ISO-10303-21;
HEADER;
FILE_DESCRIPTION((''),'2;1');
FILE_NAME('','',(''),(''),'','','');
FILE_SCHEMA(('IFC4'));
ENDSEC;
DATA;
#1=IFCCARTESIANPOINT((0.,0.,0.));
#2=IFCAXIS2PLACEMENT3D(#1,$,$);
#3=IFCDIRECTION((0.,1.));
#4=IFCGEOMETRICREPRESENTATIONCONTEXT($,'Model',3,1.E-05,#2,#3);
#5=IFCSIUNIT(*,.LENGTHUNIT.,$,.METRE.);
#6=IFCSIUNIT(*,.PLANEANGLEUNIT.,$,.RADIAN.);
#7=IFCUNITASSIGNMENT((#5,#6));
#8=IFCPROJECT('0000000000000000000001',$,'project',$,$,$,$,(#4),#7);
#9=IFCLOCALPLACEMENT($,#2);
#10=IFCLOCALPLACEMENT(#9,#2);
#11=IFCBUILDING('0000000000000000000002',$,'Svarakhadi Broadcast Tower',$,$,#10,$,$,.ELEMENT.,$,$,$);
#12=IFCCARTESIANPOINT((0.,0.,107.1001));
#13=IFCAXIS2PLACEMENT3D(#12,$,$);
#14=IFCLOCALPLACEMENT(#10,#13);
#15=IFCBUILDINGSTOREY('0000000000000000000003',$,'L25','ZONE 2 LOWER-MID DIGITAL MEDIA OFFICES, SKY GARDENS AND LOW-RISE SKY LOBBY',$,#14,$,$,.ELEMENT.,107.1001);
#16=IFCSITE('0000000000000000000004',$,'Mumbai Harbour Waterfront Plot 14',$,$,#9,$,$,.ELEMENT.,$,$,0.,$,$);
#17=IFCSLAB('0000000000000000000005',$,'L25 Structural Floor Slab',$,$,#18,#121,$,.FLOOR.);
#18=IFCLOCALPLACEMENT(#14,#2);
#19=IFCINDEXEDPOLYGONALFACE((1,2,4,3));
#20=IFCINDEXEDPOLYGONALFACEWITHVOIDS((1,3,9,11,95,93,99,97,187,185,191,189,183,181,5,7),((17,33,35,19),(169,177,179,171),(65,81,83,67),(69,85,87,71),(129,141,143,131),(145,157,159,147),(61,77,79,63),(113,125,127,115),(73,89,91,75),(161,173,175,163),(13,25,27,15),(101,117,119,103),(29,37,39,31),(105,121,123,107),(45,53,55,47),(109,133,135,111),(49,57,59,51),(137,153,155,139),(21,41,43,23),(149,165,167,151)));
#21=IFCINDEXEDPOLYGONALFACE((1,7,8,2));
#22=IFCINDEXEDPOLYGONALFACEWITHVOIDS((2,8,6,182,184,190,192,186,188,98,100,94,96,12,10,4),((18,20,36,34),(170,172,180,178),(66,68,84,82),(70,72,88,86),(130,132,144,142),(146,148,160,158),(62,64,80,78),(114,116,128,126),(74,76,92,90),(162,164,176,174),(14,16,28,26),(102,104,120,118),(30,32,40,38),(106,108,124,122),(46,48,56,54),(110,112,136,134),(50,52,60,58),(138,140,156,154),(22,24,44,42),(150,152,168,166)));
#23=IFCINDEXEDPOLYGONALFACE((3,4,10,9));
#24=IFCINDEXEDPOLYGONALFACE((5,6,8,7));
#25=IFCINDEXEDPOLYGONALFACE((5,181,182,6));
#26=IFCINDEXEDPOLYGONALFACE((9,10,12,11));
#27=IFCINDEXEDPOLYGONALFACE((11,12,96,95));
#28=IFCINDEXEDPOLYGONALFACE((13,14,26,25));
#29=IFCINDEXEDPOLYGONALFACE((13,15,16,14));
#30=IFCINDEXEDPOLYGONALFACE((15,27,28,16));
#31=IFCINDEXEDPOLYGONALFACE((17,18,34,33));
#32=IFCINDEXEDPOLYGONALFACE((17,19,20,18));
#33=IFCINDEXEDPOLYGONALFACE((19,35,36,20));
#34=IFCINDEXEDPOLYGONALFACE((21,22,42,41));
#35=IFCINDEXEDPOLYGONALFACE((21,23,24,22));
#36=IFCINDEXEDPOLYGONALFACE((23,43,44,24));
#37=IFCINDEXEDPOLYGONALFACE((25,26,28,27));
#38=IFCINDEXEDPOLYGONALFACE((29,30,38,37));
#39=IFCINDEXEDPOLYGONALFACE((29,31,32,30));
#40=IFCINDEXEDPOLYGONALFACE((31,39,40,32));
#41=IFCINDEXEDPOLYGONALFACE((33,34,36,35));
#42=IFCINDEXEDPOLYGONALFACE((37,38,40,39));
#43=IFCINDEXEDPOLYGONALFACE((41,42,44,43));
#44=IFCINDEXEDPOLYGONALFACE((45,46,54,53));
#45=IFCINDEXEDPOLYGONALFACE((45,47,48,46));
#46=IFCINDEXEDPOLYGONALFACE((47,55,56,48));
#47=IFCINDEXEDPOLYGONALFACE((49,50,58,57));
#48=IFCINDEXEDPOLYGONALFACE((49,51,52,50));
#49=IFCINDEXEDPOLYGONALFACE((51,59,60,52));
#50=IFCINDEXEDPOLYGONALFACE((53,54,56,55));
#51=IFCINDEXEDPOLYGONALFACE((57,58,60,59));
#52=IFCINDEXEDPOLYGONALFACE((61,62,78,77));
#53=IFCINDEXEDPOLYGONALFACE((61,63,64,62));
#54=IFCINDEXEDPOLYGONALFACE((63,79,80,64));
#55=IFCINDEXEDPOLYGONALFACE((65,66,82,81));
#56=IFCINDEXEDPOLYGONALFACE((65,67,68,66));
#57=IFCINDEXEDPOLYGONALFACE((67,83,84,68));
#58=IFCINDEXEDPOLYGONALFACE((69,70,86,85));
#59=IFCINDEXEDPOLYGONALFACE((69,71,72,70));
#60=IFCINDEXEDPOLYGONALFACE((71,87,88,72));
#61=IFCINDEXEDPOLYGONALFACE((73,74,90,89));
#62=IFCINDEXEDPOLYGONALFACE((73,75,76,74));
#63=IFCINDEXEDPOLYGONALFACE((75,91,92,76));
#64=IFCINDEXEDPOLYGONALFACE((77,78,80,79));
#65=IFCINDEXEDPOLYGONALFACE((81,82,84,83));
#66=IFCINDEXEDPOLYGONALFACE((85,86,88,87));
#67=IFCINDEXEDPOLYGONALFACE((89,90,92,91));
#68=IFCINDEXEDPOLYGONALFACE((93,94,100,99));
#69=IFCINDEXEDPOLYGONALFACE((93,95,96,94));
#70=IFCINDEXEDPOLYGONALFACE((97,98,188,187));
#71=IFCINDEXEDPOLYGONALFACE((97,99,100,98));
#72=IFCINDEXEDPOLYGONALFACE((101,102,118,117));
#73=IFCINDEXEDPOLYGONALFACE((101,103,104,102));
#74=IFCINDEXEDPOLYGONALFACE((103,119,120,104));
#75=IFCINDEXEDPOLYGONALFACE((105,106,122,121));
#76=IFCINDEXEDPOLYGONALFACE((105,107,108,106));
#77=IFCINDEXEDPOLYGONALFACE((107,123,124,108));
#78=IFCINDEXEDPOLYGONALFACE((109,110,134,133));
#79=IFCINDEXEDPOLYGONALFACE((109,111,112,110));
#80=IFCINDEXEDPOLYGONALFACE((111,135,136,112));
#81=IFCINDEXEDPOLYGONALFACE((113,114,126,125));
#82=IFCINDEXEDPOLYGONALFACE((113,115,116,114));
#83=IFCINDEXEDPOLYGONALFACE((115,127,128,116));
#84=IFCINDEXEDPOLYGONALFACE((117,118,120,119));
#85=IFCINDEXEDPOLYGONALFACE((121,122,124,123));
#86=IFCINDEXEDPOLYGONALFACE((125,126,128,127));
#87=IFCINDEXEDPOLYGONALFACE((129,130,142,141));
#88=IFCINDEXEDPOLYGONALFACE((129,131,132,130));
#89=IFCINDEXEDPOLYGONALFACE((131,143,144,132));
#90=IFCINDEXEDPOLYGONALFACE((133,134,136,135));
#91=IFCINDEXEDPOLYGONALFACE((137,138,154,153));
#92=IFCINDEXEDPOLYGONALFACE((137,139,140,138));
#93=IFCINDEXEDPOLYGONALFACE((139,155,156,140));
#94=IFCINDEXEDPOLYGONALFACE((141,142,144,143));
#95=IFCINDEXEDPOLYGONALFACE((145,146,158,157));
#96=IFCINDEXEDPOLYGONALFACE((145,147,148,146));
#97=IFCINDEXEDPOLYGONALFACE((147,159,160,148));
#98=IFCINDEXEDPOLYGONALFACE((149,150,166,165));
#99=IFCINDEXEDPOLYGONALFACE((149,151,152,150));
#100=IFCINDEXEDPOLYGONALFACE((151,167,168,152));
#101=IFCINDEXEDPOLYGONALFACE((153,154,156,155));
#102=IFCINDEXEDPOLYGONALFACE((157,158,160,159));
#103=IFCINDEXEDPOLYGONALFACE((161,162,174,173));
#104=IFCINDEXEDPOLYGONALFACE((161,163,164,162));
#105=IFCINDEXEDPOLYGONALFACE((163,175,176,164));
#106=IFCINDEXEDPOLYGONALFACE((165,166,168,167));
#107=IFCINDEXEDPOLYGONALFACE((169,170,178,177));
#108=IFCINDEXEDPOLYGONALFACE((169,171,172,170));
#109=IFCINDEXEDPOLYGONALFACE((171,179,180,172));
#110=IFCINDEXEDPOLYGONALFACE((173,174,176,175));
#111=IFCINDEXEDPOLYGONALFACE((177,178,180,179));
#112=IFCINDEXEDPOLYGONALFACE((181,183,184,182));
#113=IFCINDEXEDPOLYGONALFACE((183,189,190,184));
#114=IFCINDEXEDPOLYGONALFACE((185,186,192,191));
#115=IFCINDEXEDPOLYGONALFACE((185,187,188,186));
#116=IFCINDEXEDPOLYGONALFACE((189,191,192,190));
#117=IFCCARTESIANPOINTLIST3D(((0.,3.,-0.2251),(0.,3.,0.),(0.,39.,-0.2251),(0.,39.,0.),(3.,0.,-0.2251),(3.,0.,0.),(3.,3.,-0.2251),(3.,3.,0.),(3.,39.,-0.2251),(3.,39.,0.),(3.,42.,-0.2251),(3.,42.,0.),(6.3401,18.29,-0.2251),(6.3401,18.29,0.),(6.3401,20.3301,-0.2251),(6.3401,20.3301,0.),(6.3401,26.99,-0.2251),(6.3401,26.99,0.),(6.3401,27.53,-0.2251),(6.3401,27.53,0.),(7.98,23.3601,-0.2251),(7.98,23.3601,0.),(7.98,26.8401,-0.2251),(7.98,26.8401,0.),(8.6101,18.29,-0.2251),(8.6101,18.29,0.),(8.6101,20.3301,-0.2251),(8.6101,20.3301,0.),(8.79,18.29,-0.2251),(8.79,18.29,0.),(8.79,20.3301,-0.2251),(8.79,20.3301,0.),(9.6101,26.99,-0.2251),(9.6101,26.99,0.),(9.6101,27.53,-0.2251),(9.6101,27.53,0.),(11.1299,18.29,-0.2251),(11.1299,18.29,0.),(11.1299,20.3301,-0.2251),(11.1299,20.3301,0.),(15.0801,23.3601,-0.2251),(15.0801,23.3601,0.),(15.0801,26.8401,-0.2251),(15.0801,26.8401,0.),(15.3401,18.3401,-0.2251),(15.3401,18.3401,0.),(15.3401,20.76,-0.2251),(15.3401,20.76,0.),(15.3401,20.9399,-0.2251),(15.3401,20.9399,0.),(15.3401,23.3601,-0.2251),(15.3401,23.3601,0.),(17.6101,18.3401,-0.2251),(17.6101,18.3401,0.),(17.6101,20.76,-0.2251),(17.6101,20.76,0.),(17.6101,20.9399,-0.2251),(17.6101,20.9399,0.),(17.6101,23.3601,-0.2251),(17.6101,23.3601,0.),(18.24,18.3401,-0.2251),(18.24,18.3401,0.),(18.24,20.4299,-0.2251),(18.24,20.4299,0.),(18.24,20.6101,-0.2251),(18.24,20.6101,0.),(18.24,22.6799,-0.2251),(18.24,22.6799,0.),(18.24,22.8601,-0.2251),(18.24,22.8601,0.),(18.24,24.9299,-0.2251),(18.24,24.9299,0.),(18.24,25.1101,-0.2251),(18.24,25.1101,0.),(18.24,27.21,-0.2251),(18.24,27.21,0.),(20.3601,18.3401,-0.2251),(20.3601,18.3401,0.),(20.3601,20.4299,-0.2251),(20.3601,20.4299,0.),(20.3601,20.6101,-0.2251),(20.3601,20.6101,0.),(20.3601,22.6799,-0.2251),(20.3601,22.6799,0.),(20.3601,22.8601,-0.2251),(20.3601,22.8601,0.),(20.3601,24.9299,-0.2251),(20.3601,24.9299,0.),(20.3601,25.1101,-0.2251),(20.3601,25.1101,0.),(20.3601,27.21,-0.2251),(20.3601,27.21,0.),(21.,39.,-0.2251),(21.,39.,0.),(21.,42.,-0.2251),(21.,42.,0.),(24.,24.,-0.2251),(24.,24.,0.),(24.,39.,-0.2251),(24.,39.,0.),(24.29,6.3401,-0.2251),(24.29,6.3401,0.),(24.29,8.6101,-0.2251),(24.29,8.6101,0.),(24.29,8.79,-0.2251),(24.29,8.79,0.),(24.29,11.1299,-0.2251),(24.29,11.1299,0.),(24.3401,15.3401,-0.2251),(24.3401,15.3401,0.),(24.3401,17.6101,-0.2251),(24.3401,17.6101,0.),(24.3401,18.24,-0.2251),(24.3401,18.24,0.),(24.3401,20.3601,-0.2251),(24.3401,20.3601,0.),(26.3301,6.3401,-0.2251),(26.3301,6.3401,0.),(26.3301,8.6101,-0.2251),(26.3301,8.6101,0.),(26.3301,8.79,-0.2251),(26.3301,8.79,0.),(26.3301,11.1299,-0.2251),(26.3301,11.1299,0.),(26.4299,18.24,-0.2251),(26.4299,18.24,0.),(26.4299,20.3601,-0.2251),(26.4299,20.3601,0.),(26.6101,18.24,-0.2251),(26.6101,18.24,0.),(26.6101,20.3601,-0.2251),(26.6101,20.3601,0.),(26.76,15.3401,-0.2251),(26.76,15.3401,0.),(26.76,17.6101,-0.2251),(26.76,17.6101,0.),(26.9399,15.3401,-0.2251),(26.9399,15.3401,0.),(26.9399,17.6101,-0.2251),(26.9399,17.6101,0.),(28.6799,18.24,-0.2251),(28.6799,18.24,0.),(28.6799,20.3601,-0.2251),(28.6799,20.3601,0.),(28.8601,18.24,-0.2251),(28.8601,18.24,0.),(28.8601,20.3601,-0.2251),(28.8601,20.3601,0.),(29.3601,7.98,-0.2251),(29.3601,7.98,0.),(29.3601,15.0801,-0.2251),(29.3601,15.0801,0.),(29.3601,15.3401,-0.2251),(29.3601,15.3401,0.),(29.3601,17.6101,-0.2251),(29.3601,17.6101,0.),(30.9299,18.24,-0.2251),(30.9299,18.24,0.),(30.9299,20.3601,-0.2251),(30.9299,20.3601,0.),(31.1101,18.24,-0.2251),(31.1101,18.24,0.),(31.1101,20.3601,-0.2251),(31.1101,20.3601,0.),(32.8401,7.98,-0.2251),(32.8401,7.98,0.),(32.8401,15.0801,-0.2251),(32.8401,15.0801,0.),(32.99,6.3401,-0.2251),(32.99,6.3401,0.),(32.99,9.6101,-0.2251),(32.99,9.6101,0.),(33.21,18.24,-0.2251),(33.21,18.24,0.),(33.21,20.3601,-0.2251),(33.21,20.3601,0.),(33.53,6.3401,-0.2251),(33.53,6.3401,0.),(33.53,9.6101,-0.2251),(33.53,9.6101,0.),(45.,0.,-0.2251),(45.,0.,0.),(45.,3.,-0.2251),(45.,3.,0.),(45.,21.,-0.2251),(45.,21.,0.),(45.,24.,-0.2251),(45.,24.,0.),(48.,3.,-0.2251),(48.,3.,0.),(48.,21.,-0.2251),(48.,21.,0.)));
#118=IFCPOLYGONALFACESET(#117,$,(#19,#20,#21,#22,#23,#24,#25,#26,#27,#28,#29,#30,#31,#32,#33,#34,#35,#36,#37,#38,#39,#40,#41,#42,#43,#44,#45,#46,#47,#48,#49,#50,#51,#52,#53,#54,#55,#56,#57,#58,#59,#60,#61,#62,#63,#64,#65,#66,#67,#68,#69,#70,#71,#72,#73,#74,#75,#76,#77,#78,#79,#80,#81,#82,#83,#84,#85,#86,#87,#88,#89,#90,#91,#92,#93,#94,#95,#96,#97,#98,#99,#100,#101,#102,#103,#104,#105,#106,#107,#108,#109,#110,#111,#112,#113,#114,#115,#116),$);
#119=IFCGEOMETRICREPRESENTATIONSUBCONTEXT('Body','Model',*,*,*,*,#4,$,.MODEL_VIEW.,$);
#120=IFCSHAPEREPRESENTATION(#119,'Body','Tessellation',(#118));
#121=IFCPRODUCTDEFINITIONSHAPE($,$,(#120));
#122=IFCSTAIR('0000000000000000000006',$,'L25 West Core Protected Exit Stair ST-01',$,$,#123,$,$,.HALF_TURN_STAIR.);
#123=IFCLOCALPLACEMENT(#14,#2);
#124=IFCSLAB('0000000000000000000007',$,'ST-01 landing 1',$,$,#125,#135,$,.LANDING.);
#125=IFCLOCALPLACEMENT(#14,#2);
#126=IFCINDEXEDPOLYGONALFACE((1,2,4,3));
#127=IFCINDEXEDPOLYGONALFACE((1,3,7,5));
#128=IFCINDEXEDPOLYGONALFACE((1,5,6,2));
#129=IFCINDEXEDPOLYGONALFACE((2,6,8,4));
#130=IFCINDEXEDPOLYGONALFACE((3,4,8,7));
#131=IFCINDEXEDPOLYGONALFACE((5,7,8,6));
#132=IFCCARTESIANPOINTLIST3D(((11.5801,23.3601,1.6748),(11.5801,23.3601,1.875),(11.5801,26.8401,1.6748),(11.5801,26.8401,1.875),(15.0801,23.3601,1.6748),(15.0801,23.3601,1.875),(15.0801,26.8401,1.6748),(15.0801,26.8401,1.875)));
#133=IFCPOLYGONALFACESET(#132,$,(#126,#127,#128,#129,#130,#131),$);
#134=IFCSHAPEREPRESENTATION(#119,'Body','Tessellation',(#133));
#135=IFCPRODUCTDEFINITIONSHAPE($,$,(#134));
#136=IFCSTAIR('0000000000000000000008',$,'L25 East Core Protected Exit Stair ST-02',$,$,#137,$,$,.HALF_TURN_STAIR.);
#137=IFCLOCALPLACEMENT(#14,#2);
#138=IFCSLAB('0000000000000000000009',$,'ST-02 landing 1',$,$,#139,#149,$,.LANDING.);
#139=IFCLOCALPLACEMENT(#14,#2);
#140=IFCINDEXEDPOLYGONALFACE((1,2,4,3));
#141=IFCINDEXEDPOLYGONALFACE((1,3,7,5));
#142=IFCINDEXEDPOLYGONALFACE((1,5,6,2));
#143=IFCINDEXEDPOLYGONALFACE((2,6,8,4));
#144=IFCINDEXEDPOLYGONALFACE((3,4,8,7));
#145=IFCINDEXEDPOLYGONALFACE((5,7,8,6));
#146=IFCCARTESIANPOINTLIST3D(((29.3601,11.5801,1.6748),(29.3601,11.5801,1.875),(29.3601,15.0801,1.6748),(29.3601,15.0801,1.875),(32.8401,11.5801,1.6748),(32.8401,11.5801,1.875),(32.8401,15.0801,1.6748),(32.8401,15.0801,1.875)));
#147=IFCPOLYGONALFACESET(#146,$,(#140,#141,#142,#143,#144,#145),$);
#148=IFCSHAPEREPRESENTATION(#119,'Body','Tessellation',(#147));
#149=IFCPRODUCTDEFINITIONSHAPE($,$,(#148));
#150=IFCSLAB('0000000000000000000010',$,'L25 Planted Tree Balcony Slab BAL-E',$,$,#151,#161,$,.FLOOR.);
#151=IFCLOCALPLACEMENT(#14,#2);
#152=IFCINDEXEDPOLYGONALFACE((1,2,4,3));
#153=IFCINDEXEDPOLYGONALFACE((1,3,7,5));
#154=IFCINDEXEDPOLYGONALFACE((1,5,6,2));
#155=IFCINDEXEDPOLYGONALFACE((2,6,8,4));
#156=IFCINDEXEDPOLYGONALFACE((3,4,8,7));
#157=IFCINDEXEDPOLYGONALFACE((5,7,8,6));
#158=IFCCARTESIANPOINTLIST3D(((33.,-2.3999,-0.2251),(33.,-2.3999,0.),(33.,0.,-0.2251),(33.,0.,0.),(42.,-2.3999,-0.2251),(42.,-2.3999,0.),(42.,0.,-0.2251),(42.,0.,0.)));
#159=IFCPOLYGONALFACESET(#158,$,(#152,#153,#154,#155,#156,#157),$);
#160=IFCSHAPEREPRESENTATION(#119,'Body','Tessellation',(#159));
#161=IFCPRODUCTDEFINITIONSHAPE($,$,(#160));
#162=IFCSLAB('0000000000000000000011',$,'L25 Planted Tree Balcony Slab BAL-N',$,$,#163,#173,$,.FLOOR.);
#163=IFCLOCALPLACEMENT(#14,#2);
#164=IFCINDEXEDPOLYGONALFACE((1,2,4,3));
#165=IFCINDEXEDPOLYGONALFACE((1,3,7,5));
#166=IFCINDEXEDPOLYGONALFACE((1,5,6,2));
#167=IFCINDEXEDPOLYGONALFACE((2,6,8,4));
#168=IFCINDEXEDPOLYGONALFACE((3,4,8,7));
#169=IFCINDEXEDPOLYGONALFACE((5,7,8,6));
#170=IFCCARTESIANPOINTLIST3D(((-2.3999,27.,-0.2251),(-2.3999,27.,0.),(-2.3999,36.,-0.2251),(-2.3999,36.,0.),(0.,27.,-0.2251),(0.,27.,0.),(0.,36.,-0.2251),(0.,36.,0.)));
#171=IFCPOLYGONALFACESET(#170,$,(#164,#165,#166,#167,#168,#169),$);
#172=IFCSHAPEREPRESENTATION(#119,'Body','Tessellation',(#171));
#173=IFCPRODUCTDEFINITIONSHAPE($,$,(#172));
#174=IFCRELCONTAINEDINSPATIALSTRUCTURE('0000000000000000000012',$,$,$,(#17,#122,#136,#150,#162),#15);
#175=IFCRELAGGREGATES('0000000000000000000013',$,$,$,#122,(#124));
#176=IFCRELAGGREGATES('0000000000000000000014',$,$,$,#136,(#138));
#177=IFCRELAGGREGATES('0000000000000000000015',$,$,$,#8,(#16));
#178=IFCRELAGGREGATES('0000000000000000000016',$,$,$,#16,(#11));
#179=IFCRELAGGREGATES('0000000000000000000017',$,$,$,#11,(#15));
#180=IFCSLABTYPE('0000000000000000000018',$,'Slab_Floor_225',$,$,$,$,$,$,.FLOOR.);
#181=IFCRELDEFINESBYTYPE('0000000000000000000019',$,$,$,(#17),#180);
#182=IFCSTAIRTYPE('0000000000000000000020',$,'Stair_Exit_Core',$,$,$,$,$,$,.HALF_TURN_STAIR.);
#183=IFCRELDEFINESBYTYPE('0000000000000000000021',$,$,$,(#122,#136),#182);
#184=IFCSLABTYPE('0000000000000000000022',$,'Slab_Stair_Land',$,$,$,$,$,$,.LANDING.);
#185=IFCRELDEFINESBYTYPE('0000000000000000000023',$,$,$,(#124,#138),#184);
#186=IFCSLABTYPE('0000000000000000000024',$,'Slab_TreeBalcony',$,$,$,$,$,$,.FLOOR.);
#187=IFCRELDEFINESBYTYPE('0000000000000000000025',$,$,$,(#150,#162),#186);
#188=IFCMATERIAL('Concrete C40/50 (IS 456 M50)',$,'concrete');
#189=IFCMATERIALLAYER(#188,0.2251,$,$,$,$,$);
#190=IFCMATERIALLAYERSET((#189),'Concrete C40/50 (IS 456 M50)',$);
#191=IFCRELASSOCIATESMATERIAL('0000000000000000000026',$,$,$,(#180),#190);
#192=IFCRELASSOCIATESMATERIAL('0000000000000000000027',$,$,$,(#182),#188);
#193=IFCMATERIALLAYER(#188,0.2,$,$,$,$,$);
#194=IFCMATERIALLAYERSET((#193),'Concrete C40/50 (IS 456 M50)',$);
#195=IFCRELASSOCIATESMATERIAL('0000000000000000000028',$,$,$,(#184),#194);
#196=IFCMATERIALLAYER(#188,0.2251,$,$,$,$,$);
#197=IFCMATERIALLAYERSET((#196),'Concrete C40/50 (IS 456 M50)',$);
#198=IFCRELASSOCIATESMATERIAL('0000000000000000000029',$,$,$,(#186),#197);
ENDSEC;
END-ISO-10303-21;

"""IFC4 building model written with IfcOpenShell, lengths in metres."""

from ifc_helpers import new_model, si_unit, direction, frame, origin, place, context, subcontext, project, spatial, polyline, outline, extrude, material, layer, layer_set, type_object, element, aggregate, save


model = new_model("IFC4")

# Units and contexts
model_context = context("Model", 3, precision=1e-05, world=origin(), true_north=direction((0.0, 1.0)))
body_context = subcontext(model_context, "Body", "Model", "MODEL_VIEW")
ifc_project = project(units=[si_unit("LENGTHUNIT", "METRE"), si_unit("PLANEANGLEUNIT", "RADIAN")], contexts=[model_context])

# Site, building, storey
site_placement = place(None, origin())
site = spatial("IfcSite", under=ifc_project, at=site_placement, Name="Mumbai Harbour Waterfront Plot 14", CompositionType="ELEMENT", RefElevation=0.0)
building_placement = place(site_placement, origin())
building = spatial("IfcBuilding", under=site, at=building_placement, Name="Svarakhadi Broadcast Tower", CompositionType="ELEMENT")
storey_placement = place(building_placement, frame((0.0, 0.0, 107.1001)))
storey = spatial("IfcBuildingStorey", under=building, at=storey_placement, Name="L25", Description="ZONE 2 LOWER-MID DIGITAL MEDIA OFFICES, SKY GARDENS AND LOW-RISE SKY LOBBY", CompositionType="ELEMENT", Elevation=107.1001)

# Slab
ifc_material_1 = material(Name="Concrete C40/50 (IS 456 M50)", Category="concrete")
ifc_layer_1 = layer(ifc_material_1, 0.2251)
ifc_layer_set_1 = layer_set([ifc_layer_1], Name="Concrete C40/50 (IS 456 M50)")
slab_type_1 = type_object("IfcSlabType", Name="Slab_Floor_225", PredefinedType="FLOOR", material=ifc_layer_set_1)
slab_1_placement = place(storey_placement, frame((0.0, 0.0, -0.2251)))
element("IfcSlab", 1, at=slab_1_placement, inside=storey, type_object=slab_type_1, Name="L25 Structural Floor Slab", PredefinedType="FLOOR", context=body_context, shape_type="SweptSolid", body=[
    extrude(outline(polyline([(3.0, 0.0), (45.0, 0.0), (45.0, 3.0), (48.0, 3.0), (48.0, 21.0), (45.0, 21.0), (45.0, 24.0), (24.0, 24.0), (24.0, 39.0), (21.0, 39.0), (21.0, 42.0), (3.0, 42.0), (3.0, 39.0), (0.0, 39.0), (0.0, 3.0), (3.0, 3.0), (3.0, 0.0)]), holes=[polyline([(7.98, 23.3601), (15.0801, 23.3601), (15.0801, 26.8401), (7.98, 26.8401), (7.98, 23.3601)]), polyline([(32.8401, 7.98), (32.8401, 15.0801), (29.3601, 15.0801), (29.3601, 7.98), (32.8401, 7.98)]), polyline([(6.3401, 18.29), (8.6101, 18.29), (8.6101, 20.3301), (6.3401, 20.3301), (6.3401, 18.29)]), polyline([(8.79, 18.29), (11.1299, 18.29), (11.1299, 20.3301), (8.79, 20.3301), (8.79, 18.29)]), polyline([(24.29, 6.3401), (26.3301, 6.3401), (26.3301, 8.6101), (24.29, 8.6101), (24.29, 6.3401)]), polyline([(24.29, 8.79), (26.3301, 8.79), (26.3301, 11.1299), (24.29, 11.1299), (24.29, 8.79)]), polyline([(6.3401, 26.99), (9.6101, 26.99), (9.6101, 27.53), (6.3401, 27.53), (6.3401, 26.99)]), polyline([(32.99, 6.3401), (33.53, 6.3401), (33.53, 9.6101), (32.99, 9.6101), (32.99, 6.3401)]), polyline([(15.3401, 18.3401), (17.6101, 18.3401), (17.6101, 20.76), (15.3401, 20.76), (15.3401, 18.3401)]), polyline([(15.3401, 20.9399), (17.6101, 20.9399), (17.6101, 23.3601), (15.3401, 23.3601), (15.3401, 20.9399)]), polyline([(24.3401, 15.3401), (26.76, 15.3401), (26.76, 17.6101), (24.3401, 17.6101), (24.3401, 15.3401)]), polyline([(26.9399, 15.3401), (29.3601, 15.3401), (29.3601, 17.6101), (26.9399, 17.6101), (26.9399, 15.3401)]), polyline([(18.24, 18.3401), (20.3601, 18.3401), (20.3601, 20.4299), (18.24, 20.4299), (18.24, 18.3401)]), polyline([(18.24, 20.6101), (20.3601, 20.6101), (20.3601, 22.6799), (18.24, 22.6799), (18.24, 20.6101)]), polyline([(18.24, 22.8601), (20.3601, 22.8601), (20.3601, 24.9299), (18.24, 24.9299), (18.24, 22.8601)]), polyline([(18.24, 25.1101), (20.3601, 25.1101), (20.3601, 27.21), (18.24, 27.21), (18.24, 25.1101)]), polyline([(24.3401, 18.24), (26.4299, 18.24), (26.4299, 20.3601), (24.3401, 20.3601), (24.3401, 18.24)]), polyline([(26.6101, 18.24), (28.6799, 18.24), (28.6799, 20.3601), (26.6101, 20.3601), (26.6101, 18.24)]), polyline([(28.8601, 18.24), (30.9299, 18.24), (30.9299, 20.3601), (28.8601, 20.3601), (28.8601, 18.24)]), polyline([(31.1101, 18.24), (33.21, 18.24), (33.21, 20.3601), (31.1101, 20.3601), (31.1101, 18.24)])]), origin(), (0.0, 0.0, 1.0), 0.2251),
])

# Stairs, slabs
stair_type = type_object("IfcStairType", Name="Stair_Exit_Core", PredefinedType="HALF_TURN_STAIR", material=ifc_material_1)
stair_1_placement = place(storey_placement, origin())
stair_1 = element("IfcStair", 2, at=stair_1_placement, inside=storey, type_object=stair_type, Name="L25 West Core Protected Exit Stair ST-01", PredefinedType="HALF_TURN_STAIR")
ifc_layer_2 = layer(ifc_material_1, 0.2)
ifc_layer_set_2 = layer_set([ifc_layer_2], Name="Concrete C40/50 (IS 456 M50)")
slab_type_2 = type_object("IfcSlabType", Name="Slab_Stair_Land", PredefinedType="LANDING", material=ifc_layer_set_2)
slab_2_placement = place(storey_placement, frame((0.0, 0.0, 1.6748)))
slab_2 = element("IfcSlab", 3, at=slab_2_placement, type_object=slab_type_2, Name="ST-01 landing 1", PredefinedType="LANDING", context=body_context, shape_type="SweptSolid", body=[
    extrude(outline(polyline([(11.5801, 23.3601), (15.0801, 23.3601), (15.0801, 26.8401), (11.5801, 26.8401), (11.5801, 23.3601)])), origin(), (0.0, 0.0, 1.0), 0.2002),
])
aggregate(stair_1, [slab_2])
stair_2_placement = place(storey_placement, origin())
stair_2 = element("IfcStair", 4, at=stair_2_placement, inside=storey, type_object=stair_type, Name="L25 East Core Protected Exit Stair ST-02", PredefinedType="HALF_TURN_STAIR")
slab_3_placement = place(storey_placement, frame((0.0, 0.0, 1.6748)))
slab_3 = element("IfcSlab", 5, at=slab_3_placement, type_object=slab_type_2, Name="ST-02 landing 1", PredefinedType="LANDING", context=body_context, shape_type="SweptSolid", body=[
    extrude(outline(polyline([(32.8401, 11.5801), (32.8401, 15.0801), (29.3601, 15.0801), (29.3601, 11.5801), (32.8401, 11.5801)])), origin(), (0.0, 0.0, 1.0), 0.2002),
])
aggregate(stair_2, [slab_3])

# Slabs
ifc_layer_3 = layer(ifc_material_1, 0.2251)
ifc_layer_set_3 = layer_set([ifc_layer_3], Name="Concrete C40/50 (IS 456 M50)")
slab_type_3 = type_object("IfcSlabType", Name="Slab_TreeBalcony", PredefinedType="FLOOR", material=ifc_layer_set_3)
slab_4_placement = place(storey_placement, frame((0.0, 0.0, -0.2251)))
element("IfcSlab", 6, at=slab_4_placement, inside=storey, type_object=slab_type_3, Name="L25 Planted Tree Balcony Slab BAL-E", PredefinedType="FLOOR", context=body_context, shape_type="SweptSolid", body=[
    extrude(outline(polyline([(33.0, -2.3999), (42.0, -2.3999), (42.0, 0.0), (33.0, 0.0), (33.0, -2.3999)])), origin(), (0.0, 0.0, 1.0), 0.2251),
])
slab_5_placement = place(storey_placement, frame((0.0, 0.0, -0.2251)))
element("IfcSlab", 7, at=slab_5_placement, inside=storey, type_object=slab_type_3, Name="L25 Planted Tree Balcony Slab BAL-N", PredefinedType="FLOOR", context=body_context, shape_type="SweptSolid", body=[
    extrude(outline(polyline([(-2.3999, 27.0), (0.0, 27.0), (0.0, 36.0), (-2.3999, 36.0), (-2.3999, 27.0)])), origin(), (0.0, 0.0, 1.0), 0.2251),
])

save(model, "model.ifc")
